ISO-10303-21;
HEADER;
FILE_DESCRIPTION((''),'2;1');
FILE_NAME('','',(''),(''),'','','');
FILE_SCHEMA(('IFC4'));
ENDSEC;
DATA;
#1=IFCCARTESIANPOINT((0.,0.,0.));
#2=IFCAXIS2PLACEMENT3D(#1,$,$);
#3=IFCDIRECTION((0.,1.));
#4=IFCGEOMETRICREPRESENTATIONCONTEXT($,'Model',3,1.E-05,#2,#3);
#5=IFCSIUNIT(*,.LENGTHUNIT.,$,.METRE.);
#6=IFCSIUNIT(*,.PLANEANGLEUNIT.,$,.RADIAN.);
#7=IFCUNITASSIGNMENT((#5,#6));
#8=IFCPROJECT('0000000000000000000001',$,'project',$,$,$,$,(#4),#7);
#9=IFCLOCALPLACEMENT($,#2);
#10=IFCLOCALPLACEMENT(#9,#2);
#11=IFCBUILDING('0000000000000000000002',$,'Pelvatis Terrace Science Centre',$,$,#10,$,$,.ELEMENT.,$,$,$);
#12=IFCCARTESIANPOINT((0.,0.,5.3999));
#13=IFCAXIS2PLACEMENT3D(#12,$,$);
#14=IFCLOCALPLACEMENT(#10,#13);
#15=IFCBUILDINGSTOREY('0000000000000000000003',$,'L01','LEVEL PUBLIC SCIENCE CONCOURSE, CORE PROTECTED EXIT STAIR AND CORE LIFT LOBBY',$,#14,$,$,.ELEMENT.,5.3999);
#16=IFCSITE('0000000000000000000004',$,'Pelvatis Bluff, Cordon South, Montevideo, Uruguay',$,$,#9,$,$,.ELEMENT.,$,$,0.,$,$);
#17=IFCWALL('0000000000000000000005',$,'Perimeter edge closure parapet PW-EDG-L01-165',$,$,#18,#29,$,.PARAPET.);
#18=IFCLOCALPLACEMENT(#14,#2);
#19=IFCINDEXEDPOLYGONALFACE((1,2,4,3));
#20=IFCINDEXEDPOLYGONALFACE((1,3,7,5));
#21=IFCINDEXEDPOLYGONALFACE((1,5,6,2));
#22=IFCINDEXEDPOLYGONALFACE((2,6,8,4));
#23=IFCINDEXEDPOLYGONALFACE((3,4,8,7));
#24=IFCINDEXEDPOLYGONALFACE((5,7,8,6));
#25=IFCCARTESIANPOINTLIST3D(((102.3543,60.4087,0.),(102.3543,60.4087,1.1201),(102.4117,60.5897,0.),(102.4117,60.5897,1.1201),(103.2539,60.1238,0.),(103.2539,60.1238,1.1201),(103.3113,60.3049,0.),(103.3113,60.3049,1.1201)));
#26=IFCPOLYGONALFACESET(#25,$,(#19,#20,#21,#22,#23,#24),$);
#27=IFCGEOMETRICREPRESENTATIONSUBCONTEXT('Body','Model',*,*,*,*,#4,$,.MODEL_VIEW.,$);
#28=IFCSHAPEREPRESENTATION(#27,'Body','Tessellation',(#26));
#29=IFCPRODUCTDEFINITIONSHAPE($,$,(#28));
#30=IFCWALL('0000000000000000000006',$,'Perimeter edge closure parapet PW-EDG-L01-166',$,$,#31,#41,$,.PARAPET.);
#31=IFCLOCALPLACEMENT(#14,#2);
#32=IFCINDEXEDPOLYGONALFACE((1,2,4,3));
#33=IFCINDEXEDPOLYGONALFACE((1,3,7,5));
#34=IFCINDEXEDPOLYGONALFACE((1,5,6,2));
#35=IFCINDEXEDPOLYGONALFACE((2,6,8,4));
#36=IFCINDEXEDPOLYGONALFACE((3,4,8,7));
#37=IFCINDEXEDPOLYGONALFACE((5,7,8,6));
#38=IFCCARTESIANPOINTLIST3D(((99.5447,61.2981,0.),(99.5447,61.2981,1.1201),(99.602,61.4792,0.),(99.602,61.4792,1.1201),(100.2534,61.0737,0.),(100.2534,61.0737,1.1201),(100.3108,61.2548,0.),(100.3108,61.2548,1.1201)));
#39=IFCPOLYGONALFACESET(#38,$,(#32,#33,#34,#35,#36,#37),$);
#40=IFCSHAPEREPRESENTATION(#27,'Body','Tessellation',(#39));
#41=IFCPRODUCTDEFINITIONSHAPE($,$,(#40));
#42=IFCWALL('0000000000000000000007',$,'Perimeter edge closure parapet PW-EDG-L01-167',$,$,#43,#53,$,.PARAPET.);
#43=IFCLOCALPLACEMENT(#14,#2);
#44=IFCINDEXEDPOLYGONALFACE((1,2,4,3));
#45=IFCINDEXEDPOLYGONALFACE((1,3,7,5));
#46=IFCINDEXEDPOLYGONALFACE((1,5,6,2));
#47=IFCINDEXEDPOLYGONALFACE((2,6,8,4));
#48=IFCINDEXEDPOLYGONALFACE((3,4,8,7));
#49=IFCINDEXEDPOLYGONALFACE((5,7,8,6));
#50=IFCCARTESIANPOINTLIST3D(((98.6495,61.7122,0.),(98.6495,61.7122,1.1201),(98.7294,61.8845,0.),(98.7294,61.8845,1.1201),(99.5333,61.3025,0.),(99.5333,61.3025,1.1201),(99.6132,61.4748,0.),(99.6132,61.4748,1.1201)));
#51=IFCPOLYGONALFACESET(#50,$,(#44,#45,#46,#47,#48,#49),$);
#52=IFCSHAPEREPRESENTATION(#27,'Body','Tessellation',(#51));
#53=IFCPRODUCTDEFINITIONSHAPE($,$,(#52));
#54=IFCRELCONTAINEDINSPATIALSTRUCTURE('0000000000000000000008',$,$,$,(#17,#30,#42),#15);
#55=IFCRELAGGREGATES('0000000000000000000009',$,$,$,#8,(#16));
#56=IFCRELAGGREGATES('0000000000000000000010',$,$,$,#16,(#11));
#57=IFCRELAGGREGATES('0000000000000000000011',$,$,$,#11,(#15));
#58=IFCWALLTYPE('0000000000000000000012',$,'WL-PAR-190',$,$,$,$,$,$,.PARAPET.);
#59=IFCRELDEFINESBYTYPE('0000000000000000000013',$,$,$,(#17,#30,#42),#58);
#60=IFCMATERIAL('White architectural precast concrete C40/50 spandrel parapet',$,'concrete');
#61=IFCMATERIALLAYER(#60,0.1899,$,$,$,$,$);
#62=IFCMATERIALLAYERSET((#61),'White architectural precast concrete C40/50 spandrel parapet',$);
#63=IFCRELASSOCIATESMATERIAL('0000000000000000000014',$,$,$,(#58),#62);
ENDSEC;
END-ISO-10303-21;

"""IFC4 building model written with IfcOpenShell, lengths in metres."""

from ifc_helpers import new_model, si_unit, direction, frame, frame_2d, origin, place, context, subcontext, project, spatial, rectangle, extrude, material, layer, layer_set, type_object, element, save


model = new_model("IFC4")

# Units and contexts
model_context = context("Model", 3, precision=1e-05, world=origin(), true_north=direction((0.0, 1.0)))
body_context = subcontext(model_context, "Body", "Model", "MODEL_VIEW")
ifc_project = project(units=[si_unit("LENGTHUNIT", "METRE"), si_unit("PLANEANGLEUNIT", "RADIAN")], contexts=[model_context])

# Site, building, storey
site_placement = place(None, origin())
site = spatial("IfcSite", under=ifc_project, at=site_placement, Name="Pelvatis Bluff, Cordon South, Montevideo, Uruguay", CompositionType="ELEMENT", RefElevation=0.0)
building_placement = place(site_placement, origin())
building = spatial("IfcBuilding", under=site, at=building_placement, Name="Pelvatis Terrace Science Centre", CompositionType="ELEMENT")
storey_placement = place(building_placement, frame((0.0, 0.0, 5.3999)))
storey = spatial("IfcBuildingStorey", under=building, at=storey_placement, Name="L01", Description="LEVEL PUBLIC SCIENCE CONCOURSE, CORE PROTECTED EXIT STAIR AND CORE LIFT LOBBY", CompositionType="ELEMENT", Elevation=5.3999)

# Walls
ifc_material_1 = material(Name="White architectural precast concrete C40/50 spandrel parapet", Category="concrete")
ifc_layer_1 = layer(ifc_material_1, 0.1899)
ifc_layer_set_1 = layer_set([ifc_layer_1], Name="White architectural precast concrete C40/50 spandrel parapet")
wall_type_1 = type_object("IfcWallType", Name="WL-PAR-190", PredefinedType="PARAPET", material=ifc_layer_set_1)
wall_1_placement = place(storey_placement, frame((103.2825, 60.2144, 0.0), z_axis=(0.0, 0.0, 1.0), x_axis=(-0.953336, 0.301911, 0.0)))
element("IfcWall", 1, at=wall_1_placement, inside=storey, type_object=wall_type_1, Name="Perimeter edge closure parapet PW-EDG-L01-165", PredefinedType="PARAPET", context=body_context, shape_type="SweptSolid", body=[
    extrude(rectangle(XDim=0.9436, YDim=0.1899, at=frame_2d((0.4717, 0.0))), origin(), (0.0, 0.0, 1.0), 1.1201),
])
wall_2_placement = place(storey_placement, frame((100.282, 61.1643, 0.0), z_axis=(0.0, 0.0, 1.0), x_axis=(-0.953369, 0.301807, 0.0)))
element("IfcWall", 2, at=wall_2_placement, inside=storey, type_object=wall_type_1, Name="Perimeter edge closure parapet PW-EDG-L01-166", PredefinedType="PARAPET", context=body_context, shape_type="SweptSolid", body=[
    extrude(rectangle(XDim=0.7434, YDim=0.1899, at=frame_2d((0.3716, 0.0))), origin(), (0.0, 0.0, 1.0), 1.1201),
])
wall_3_placement = place(storey_placement, frame((99.5732, 61.3887, 0.0), z_axis=(0.0, 0.0, 1.0), x_axis=(-0.907269, 0.420552, 0.0)))
element("IfcWall", 3, at=wall_3_placement, inside=storey, type_object=wall_type_1, Name="Perimeter edge closure parapet PW-EDG-L01-167", PredefinedType="PARAPET", context=body_context, shape_type="SweptSolid", body=[
    extrude(rectangle(XDim=0.9741, YDim=0.1899, at=frame_2d((0.4871, 0.0))), origin(), (0.0, 0.0, 1.0), 1.1201),
])

save(model, "model.ifc")
